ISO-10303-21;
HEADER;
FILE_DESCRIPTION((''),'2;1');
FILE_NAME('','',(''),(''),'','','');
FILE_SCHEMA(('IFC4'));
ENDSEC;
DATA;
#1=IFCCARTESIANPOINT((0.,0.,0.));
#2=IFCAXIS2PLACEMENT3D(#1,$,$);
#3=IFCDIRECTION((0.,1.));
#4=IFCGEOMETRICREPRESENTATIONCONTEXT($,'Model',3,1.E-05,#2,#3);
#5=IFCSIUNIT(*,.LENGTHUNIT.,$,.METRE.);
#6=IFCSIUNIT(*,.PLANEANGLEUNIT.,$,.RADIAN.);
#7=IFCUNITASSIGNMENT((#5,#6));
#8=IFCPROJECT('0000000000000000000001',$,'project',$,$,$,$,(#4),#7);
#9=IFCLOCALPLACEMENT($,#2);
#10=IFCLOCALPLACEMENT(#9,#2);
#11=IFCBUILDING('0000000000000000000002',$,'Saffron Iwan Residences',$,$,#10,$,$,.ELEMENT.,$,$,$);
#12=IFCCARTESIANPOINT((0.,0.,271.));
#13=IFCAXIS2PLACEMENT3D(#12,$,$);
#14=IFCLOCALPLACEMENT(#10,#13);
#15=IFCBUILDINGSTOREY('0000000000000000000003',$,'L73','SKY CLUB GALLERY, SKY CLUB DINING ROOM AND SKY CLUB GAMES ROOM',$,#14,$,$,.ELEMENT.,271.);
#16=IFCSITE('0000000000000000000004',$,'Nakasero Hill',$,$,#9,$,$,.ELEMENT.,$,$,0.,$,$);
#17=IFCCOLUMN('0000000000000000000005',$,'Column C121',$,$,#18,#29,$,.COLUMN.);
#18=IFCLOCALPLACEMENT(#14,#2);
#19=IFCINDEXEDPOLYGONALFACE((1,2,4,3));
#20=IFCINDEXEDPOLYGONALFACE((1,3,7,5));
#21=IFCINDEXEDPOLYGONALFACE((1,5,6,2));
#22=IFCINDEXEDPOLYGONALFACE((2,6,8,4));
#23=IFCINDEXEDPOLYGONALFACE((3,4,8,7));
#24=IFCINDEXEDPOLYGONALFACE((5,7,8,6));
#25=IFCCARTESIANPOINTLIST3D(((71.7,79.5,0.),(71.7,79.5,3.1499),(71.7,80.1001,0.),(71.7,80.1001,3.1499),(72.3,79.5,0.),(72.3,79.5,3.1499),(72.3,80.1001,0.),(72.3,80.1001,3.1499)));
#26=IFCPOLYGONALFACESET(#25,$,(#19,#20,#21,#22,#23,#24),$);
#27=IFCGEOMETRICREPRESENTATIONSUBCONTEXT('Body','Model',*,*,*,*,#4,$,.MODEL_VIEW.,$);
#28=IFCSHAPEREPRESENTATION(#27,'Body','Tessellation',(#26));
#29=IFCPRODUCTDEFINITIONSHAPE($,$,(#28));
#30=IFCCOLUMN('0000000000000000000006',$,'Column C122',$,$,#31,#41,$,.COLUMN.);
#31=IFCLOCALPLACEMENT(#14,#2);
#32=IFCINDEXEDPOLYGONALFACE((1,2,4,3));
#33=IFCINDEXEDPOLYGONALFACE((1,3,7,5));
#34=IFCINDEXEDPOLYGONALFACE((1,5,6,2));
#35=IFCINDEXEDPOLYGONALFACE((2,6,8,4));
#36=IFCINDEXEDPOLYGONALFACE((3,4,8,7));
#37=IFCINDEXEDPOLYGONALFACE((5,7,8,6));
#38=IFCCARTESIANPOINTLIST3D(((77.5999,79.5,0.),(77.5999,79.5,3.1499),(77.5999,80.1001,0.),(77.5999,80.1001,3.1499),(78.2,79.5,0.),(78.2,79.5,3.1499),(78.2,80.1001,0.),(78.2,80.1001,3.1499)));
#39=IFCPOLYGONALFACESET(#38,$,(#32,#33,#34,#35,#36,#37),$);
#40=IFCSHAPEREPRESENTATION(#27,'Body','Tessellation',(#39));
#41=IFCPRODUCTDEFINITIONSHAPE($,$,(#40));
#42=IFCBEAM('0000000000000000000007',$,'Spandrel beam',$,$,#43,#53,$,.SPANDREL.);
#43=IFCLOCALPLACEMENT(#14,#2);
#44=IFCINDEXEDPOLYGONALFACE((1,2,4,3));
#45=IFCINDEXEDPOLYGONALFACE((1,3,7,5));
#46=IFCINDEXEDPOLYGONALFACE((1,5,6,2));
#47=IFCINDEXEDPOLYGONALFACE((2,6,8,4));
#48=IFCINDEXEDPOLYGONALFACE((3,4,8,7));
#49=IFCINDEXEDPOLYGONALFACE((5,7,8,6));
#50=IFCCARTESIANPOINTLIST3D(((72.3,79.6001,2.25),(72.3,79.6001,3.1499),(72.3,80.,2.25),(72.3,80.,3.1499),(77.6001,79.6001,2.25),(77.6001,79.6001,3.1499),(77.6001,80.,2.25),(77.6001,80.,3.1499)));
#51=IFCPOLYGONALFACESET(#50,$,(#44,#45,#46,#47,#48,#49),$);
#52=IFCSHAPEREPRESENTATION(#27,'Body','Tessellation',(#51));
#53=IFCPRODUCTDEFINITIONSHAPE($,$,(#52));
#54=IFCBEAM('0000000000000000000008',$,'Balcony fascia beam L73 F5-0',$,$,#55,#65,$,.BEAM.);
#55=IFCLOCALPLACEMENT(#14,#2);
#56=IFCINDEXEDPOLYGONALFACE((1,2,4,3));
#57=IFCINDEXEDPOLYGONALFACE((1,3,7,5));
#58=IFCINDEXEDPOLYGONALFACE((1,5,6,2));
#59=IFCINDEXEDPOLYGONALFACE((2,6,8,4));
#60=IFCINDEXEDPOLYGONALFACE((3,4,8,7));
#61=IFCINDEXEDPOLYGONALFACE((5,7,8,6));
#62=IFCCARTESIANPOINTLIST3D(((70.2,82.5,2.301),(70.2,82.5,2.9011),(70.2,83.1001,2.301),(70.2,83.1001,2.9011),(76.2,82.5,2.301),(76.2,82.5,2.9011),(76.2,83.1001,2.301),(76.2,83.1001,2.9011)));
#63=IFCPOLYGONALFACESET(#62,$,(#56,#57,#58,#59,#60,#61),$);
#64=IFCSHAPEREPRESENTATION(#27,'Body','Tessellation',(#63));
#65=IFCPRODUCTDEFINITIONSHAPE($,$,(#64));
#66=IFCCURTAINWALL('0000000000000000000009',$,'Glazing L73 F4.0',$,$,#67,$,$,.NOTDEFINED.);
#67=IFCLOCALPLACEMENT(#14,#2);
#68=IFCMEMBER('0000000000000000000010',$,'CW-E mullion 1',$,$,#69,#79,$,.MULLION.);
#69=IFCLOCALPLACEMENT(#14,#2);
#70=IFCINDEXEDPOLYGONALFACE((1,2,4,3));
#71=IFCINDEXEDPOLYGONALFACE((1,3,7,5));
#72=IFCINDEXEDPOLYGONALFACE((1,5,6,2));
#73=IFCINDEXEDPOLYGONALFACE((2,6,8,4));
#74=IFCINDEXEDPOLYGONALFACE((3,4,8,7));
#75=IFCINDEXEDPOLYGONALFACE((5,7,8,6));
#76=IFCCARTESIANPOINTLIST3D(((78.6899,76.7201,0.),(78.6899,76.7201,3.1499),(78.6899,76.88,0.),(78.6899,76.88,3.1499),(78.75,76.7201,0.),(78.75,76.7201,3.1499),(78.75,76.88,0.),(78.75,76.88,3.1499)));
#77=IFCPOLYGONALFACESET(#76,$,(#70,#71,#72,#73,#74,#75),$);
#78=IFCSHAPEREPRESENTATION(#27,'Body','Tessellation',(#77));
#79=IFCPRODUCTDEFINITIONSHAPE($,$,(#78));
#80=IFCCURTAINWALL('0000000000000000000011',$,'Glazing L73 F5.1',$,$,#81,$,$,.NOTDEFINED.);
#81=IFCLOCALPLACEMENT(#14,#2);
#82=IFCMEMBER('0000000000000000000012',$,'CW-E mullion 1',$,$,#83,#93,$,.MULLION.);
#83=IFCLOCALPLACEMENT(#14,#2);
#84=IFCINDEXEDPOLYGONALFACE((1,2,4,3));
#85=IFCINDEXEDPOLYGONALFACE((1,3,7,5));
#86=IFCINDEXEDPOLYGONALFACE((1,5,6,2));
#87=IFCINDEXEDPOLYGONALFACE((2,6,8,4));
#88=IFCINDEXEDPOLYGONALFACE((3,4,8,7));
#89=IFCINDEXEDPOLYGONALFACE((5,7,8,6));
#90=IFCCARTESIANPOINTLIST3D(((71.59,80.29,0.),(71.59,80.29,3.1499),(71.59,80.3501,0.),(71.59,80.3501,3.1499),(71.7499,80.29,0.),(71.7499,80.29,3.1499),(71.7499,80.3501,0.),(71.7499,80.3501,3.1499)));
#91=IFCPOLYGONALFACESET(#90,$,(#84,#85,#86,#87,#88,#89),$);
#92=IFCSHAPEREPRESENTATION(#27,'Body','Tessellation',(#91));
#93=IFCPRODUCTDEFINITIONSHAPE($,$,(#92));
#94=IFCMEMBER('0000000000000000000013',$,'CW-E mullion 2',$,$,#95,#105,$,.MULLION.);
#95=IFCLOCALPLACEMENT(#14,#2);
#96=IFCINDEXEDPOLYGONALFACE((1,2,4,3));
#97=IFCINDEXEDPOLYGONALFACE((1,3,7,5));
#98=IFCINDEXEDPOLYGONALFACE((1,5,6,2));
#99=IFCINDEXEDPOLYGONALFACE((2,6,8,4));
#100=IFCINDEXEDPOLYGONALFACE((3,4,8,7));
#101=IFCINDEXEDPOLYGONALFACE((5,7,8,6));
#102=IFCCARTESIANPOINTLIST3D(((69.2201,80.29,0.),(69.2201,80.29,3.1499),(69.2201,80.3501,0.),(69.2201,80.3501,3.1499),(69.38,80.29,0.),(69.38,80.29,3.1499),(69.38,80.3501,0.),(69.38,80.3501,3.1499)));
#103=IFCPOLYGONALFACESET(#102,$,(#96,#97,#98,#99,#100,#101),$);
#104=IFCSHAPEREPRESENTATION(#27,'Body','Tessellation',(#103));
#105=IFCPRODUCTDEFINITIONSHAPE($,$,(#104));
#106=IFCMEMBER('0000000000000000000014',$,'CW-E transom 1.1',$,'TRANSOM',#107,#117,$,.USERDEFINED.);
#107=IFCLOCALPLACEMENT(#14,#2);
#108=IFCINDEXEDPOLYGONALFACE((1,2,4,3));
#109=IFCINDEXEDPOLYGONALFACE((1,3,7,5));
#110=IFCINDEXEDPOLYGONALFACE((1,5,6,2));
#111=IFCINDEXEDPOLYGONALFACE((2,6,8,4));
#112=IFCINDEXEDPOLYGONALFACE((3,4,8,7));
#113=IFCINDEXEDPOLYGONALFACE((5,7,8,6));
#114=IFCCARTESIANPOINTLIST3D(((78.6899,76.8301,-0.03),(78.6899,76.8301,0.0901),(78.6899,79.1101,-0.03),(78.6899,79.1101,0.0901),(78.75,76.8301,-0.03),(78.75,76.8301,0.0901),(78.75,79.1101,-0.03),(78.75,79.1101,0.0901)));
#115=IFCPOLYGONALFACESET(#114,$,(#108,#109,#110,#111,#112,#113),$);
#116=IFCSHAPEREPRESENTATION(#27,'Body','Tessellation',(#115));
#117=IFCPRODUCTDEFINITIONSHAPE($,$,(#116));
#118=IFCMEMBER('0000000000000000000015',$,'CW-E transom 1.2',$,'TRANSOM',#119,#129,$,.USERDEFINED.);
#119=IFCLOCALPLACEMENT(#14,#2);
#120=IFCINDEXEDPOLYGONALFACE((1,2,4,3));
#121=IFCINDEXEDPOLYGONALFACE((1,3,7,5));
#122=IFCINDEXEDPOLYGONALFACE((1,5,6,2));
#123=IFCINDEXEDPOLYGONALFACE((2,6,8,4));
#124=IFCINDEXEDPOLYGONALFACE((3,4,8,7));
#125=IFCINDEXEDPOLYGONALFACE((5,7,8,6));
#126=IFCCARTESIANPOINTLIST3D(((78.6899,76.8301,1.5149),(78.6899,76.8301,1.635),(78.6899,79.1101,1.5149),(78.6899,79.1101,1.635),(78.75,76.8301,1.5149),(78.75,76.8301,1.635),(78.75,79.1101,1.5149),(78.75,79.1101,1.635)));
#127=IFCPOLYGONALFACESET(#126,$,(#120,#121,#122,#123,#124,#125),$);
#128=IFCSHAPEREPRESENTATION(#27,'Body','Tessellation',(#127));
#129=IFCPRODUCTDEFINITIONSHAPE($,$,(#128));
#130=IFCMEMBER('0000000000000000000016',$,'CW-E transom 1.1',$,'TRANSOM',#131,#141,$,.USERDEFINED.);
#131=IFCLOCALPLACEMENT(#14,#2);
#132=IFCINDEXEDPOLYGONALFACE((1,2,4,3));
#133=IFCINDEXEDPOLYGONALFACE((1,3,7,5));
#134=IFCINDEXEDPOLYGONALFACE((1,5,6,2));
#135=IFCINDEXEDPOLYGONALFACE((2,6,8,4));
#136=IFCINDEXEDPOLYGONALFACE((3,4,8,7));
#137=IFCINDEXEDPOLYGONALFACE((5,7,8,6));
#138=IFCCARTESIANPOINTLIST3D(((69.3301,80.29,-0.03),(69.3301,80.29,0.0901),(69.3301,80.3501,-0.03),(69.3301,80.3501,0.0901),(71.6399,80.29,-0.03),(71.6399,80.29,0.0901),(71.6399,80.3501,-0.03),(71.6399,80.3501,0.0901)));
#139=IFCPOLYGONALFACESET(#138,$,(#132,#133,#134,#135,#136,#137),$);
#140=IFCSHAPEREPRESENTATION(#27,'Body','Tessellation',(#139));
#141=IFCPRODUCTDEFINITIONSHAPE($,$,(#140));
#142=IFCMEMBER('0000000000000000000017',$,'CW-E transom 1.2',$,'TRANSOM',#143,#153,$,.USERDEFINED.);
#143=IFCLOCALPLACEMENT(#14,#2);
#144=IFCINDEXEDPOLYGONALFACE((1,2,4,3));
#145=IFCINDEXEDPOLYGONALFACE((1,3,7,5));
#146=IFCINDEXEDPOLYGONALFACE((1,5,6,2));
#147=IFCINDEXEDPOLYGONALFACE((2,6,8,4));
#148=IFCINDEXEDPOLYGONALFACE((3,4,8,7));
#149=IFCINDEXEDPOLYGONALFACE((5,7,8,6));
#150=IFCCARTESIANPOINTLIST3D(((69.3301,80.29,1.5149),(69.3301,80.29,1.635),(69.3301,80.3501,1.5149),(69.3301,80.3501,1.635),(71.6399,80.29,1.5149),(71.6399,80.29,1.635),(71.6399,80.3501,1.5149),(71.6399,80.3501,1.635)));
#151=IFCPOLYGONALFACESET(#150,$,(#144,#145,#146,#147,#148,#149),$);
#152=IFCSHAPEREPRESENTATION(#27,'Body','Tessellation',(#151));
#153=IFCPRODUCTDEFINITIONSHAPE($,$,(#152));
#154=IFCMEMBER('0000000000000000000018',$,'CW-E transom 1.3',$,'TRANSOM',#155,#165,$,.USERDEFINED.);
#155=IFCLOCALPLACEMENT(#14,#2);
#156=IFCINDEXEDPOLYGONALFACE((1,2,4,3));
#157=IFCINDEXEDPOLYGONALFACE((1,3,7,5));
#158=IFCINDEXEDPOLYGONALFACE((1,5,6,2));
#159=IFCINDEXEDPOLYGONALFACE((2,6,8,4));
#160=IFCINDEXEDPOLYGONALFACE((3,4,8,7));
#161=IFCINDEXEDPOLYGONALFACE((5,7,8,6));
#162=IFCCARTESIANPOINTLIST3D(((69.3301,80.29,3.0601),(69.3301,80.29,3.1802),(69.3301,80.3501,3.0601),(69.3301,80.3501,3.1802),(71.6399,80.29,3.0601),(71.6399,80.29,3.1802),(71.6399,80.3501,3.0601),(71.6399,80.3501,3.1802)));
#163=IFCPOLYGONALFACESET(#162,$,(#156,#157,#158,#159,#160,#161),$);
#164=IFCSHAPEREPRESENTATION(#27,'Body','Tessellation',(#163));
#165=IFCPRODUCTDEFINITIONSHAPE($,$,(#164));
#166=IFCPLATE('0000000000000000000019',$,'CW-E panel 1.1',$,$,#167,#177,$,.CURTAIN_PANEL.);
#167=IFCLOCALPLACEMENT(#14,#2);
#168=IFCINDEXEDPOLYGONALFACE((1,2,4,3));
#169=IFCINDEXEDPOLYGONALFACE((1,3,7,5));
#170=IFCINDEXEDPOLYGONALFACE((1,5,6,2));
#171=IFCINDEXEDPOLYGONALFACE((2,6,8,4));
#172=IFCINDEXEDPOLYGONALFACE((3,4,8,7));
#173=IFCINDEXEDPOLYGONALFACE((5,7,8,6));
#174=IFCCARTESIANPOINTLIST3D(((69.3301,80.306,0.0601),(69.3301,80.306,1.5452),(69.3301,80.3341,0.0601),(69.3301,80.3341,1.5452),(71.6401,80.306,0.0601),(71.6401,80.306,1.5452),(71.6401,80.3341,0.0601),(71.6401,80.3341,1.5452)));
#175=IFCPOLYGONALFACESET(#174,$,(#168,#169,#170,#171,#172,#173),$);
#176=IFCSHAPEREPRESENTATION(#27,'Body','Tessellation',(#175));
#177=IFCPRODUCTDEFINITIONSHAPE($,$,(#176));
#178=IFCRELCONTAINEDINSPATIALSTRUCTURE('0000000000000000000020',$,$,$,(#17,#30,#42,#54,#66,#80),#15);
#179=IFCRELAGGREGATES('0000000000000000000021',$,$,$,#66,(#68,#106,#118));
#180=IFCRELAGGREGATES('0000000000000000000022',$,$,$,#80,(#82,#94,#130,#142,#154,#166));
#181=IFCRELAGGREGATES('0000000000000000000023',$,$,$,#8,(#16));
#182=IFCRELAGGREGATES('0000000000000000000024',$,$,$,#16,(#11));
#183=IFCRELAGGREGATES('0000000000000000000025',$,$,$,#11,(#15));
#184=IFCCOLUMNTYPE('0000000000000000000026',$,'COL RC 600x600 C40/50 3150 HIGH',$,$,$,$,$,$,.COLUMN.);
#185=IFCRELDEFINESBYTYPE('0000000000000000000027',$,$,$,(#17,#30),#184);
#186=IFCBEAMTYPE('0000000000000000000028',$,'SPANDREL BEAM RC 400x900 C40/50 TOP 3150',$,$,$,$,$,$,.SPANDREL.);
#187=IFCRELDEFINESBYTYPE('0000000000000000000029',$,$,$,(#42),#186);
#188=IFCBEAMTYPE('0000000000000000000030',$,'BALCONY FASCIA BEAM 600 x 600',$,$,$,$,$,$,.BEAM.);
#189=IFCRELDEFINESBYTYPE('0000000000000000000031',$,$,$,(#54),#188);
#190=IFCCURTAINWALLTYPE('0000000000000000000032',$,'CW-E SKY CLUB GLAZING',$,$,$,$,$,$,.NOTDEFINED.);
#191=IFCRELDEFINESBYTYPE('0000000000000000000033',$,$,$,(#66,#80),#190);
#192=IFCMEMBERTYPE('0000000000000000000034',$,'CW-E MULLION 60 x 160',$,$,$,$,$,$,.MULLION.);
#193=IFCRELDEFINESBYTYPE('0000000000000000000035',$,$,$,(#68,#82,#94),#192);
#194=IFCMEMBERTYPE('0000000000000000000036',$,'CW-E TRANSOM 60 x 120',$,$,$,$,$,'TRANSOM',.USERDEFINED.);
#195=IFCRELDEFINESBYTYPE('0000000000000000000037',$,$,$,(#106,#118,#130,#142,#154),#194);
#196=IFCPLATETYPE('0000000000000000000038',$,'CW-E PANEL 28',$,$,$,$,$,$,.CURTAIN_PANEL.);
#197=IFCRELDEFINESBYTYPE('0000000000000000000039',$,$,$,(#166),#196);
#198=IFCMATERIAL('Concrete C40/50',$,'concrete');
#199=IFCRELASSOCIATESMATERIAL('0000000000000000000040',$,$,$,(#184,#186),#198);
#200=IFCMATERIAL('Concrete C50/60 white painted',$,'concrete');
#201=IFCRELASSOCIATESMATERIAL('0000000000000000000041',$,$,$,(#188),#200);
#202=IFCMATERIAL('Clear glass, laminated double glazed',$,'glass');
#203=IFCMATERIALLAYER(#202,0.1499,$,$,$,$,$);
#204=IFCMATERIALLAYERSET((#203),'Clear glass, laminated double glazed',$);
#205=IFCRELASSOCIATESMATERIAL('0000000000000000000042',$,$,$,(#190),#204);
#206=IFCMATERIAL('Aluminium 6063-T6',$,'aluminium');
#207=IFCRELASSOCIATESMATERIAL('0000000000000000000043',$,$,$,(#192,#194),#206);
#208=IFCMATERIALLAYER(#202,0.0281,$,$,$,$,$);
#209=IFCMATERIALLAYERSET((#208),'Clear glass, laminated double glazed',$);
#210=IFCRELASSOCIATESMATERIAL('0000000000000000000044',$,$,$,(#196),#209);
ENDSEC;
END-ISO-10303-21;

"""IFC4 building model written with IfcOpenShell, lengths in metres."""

from ifc_helpers import new_model, si_unit, direction, frame, origin, origin_2d, place, context, subcontext, project, spatial, rectangle, extrude, source, transform, mapped, material, layer, layer_set, material_profile, profile_set, type_object, element, aggregate, save


model = new_model("IFC4")

# Units and contexts
model_context = context("Model", 3, precision=1e-05, world=origin(), true_north=direction((0.0, 1.0)))
body_context = subcontext(model_context, "Body", "Model", "MODEL_VIEW")
ifc_project = project(units=[si_unit("LENGTHUNIT", "METRE"), si_unit("PLANEANGLEUNIT", "RADIAN")], contexts=[model_context])

# Site, building, storey
site_placement = place(None, origin())
site = spatial("IfcSite", under=ifc_project, at=site_placement, Name="Nakasero Hill", CompositionType="ELEMENT", RefElevation=0.0)
building_placement = place(site_placement, origin())
building = spatial("IfcBuilding", under=site, at=building_placement, Name="Saffron Iwan Residences", CompositionType="ELEMENT")
storey_placement = place(building_placement, frame((0.0, 0.0, 271.0)))
storey = spatial("IfcBuildingStorey", under=building, at=storey_placement, Name="L73", Description="SKY CLUB GALLERY, SKY CLUB DINING ROOM AND SKY CLUB GAMES ROOM", CompositionType="ELEMENT", Elevation=271.0)

# Columns
ifc_material_1 = material(Name="Concrete C40/50", Category="concrete")
ifc_material_profile_1 = material_profile(ifc_material_1, rectangle(XDim=0.6001, YDim=0.6001, at=origin_2d()), Name="RC 600x600")
ifc_profile_set_1 = profile_set([ifc_material_profile_1], Name="Concrete C40/50")
column_type = type_object("IfcColumnType", Name="COL RC 600x600 C40/50 3150 HIGH", PredefinedType="COLUMN", material=ifc_profile_set_1)
shared_shape_1 = source(origin(), body_context, "Body", "SweptSolid", [
    extrude(rectangle(XDim=0.6001, YDim=0.6001, at=origin_2d()), origin(), (0.0, 0.0, 1.0), 3.1499),
])
for number, where, z_axis, x_axis, name in (
    (1, (72.0, 79.8, 0.0), (0.0, 0.0, 1.0), (1.0, 0.0, 0.0), "Column C121"),
    (2, (77.8999, 79.8, 0.0), (0.0, 0.0, 1.0), (1.0, 0.0, 0.0), "Column C122"),
):
    element("IfcColumn", number, at=place(storey_placement, frame(where, z_axis=z_axis, x_axis=x_axis)), inside=storey, type_object=column_type, Name=name, PredefinedType="COLUMN", context=body_context, shape_type="MappedRepresentation", body=[
        mapped(shared_shape_1, transform((0.0, 0.0, 0.0))),
    ])

# Beams
ifc_material_profile_2 = material_profile(ifc_material_1, rectangle(XDim=0.3999, YDim=0.8999, at=origin_2d()), Name="RC 400x900")
ifc_profile_set_2 = profile_set([ifc_material_profile_2], Name="Concrete C40/50")
beam_type_1 = type_object("IfcBeamType", Name="SPANDREL BEAM RC 400x900 C40/50 TOP 3150", PredefinedType="SPANDREL", material=ifc_profile_set_2)
shared_shape_2 = source(origin(), body_context, "Body", "SweptSolid", [
    extrude(rectangle(XDim=0.3999, YDim=0.8999, at=origin_2d()), origin(), (0.0, 0.0, 1.0), 5.3),
])
beam_1_placement = place(storey_placement, frame((72.3, 79.8, 2.7), z_axis=(1.0, 0.0, 0.0), x_axis=(0.0, 1.0, 0.0)))
element("IfcBeam", 3, at=beam_1_placement, inside=storey, type_object=beam_type_1, Name="Spandrel beam", PredefinedType="SPANDREL", context=body_context, shape_type="MappedRepresentation", body=[
    mapped(shared_shape_2, transform((0.0, 0.0, 0.0))),
])
ifc_material_2 = material(Name="Concrete C50/60 white painted", Category="concrete")
ifc_material_profile_3 = material_profile(ifc_material_2, rectangle(XDim=0.6001, YDim=0.6001, at=origin_2d()), Name="BALCONY FASCIA BEAM 600 x 600")
ifc_profile_set_3 = profile_set([ifc_material_profile_3], Name="Concrete C50/60 white painted")
beam_type_2 = type_object("IfcBeamType", Name="BALCONY FASCIA BEAM 600 x 600", PredefinedType="BEAM", material=ifc_profile_set_3)
shared_shape_3 = source(origin(), body_context, "Body", "SweptSolid", [
    extrude(rectangle(XDim=0.6001, YDim=0.6001, at=origin_2d()), origin(), (0.0, 0.0, 1.0), 6.0),
])
beam_2_placement = place(storey_placement, frame((76.2, 82.8, 2.6011), z_axis=(-1.0, 0.0, 0.0), x_axis=(0.0, -1.0, 0.0)))
element("IfcBeam", 4, at=beam_2_placement, inside=storey, type_object=beam_type_2, Name="Balcony fascia beam L73 F5-0", PredefinedType="BEAM", context=body_context, shape_type="MappedRepresentation", body=[
    mapped(shared_shape_3, transform((0.0, 0.0, 0.0))),
])

# Curtain wall, member
ifc_material_3 = material(Name="Clear glass, laminated double glazed", Category="glass")
ifc_layer_1 = layer(ifc_material_3, 0.1499)
ifc_layer_set_1 = layer_set([ifc_layer_1], Name="Clear glass, laminated double glazed")
curtain_wall_type = type_object("IfcCurtainWallType", Name="CW-E SKY CLUB GLAZING", PredefinedType="NOTDEFINED", material=ifc_layer_set_1)
curtain_wall_1_placement = place(storey_placement, origin())
curtain_wall_1 = element("IfcCurtainWall", 5, at=curtain_wall_1_placement, inside=storey, type_object=curtain_wall_type, Name="Glazing L73 F4.0", PredefinedType="NOTDEFINED")
ifc_material_4 = material(Name="Aluminium 6063-T6", Category="aluminium")
ifc_material_profile_4 = material_profile(ifc_material_4, rectangle(XDim=0.0601, YDim=0.1599, at=origin_2d()), Name="CW-E MULLION 60 x 160")
ifc_profile_set_4 = profile_set([ifc_material_profile_4], Name="Aluminium 6063-T6")
member_type_1 = type_object("IfcMemberType", Name="CW-E MULLION 60 x 160", PredefinedType="MULLION", material=ifc_profile_set_4)
shared_shape_4 = source(origin(), body_context, "Body", "SweptSolid", [
    extrude(rectangle(XDim=0.0601, YDim=0.1599, at=origin_2d()), origin(), (0.0, 0.0, 1.0), 3.1499),
])
member_1_placement = place(storey_placement, frame((78.72, 76.8, 0.0), z_axis=(0.0, 0.0, 1.0), x_axis=(-1.0, 0.0, 0.0)))
member_1 = element("IfcMember", 6, at=member_1_placement, type_object=member_type_1, Name="CW-E mullion 1", PredefinedType="MULLION", context=body_context, shape_type="MappedRepresentation", body=[
    mapped(shared_shape_4, transform((0.0, 0.0, 0.0))),
])

# Curtain wall, members
curtain_wall_2_placement = place(storey_placement, origin())
curtain_wall_2 = element("IfcCurtainWall", 7, at=curtain_wall_2_placement, inside=storey, type_object=curtain_wall_type, Name="Glazing L73 F5.1", PredefinedType="NOTDEFINED")
member_2_placement = place(storey_placement, frame((71.6699, 80.3201, 0.0), z_axis=(0.0, 0.0, 1.0), x_axis=(0.0, -1.0, 0.0)))
member_2 = element("IfcMember", 8, at=member_2_placement, type_object=member_type_1, Name="CW-E mullion 1", PredefinedType="MULLION", context=body_context, shape_type="MappedRepresentation", body=[
    mapped(shared_shape_4, transform((0.0, 0.0, 0.0))),
])
member_3_placement = place(storey_placement, frame((69.3, 80.3201, 0.0), z_axis=(0.0, 0.0, 1.0), x_axis=(0.0, -1.0, 0.0)))
member_3 = element("IfcMember", 9, at=member_3_placement, type_object=member_type_1, Name="CW-E mullion 2", PredefinedType="MULLION", context=body_context, shape_type="MappedRepresentation", body=[
    mapped(shared_shape_4, transform((0.0, 0.0, 0.0))),
])

# Members
ifc_material_profile_5 = material_profile(ifc_material_4, rectangle(XDim=0.0601, YDim=0.1201, at=origin_2d()), Name="CW-E TRANSOM 60 x 120")
ifc_profile_set_5 = profile_set([ifc_material_profile_5], Name="Aluminium 6063-T6")
member_type_2 = type_object("IfcMemberType", Name="CW-E TRANSOM 60 x 120", ElementType="TRANSOM", PredefinedType="USERDEFINED", material=ifc_profile_set_5)
shared_shape_5 = source(origin(), body_context, "Body", "SweptSolid", [
    extrude(rectangle(XDim=0.0601, YDim=0.1201, at=origin_2d()), origin(), (0.0, 0.0, 1.0), 2.28),
])
member_4_placement = place(storey_placement, frame((78.72, 76.8301, 0.03), z_axis=(0.0, 1.0, 0.0), x_axis=(-1.0, 0.0, 0.0)))
member_4 = element("IfcMember", 10, at=member_4_placement, type_object=member_type_2, Name="CW-E transom 1.1", ObjectType="TRANSOM", PredefinedType="USERDEFINED", context=body_context, shape_type="MappedRepresentation", body=[
    mapped(shared_shape_5, transform((0.0, 0.0, 0.0))),
])
member_5_placement = place(storey_placement, frame((78.72, 76.8301, 1.575), z_axis=(0.0, 1.0, 0.0), x_axis=(-1.0, 0.0, 0.0)))
member_5 = element("IfcMember", 11, at=member_5_placement, type_object=member_type_2, Name="CW-E transom 1.2", ObjectType="TRANSOM", PredefinedType="USERDEFINED", context=body_context, shape_type="MappedRepresentation", body=[
    mapped(shared_shape_5, transform((0.0, 0.0, 0.0))),
])
aggregate(curtain_wall_1, [member_1, member_4, member_5])
shared_shape_6 = source(origin(), body_context, "Body", "SweptSolid", [
    extrude(rectangle(XDim=0.0601, YDim=0.1201, at=origin_2d()), origin(), (0.0, 0.0, 1.0), 2.3098),
])
member_6_placement = place(storey_placement, frame((71.6399, 80.3201, 0.03), z_axis=(-1.0, 0.0, 0.0), x_axis=(0.0, -1.0, 0.0)))
member_6 = element("IfcMember", 12, at=member_6_placement, type_object=member_type_2, Name="CW-E transom 1.1", ObjectType="TRANSOM", PredefinedType="USERDEFINED", context=body_context, shape_type="MappedRepresentation", body=[
    mapped(shared_shape_6, transform((0.0, 0.0, 0.0))),
])
member_7_placement = place(storey_placement, frame((71.6399, 80.3201, 1.575), z_axis=(-1.0, 0.0, 0.0), x_axis=(0.0, -1.0, 0.0)))
member_7 = element("IfcMember", 13, at=member_7_placement, type_object=member_type_2, Name="CW-E transom 1.2", ObjectType="TRANSOM", PredefinedType="USERDEFINED", context=body_context, shape_type="MappedRepresentation", body=[
    mapped(shared_shape_6, transform((0.0, 0.0, 0.0))),
])
member_8_placement = place(storey_placement, frame((71.6399, 80.3201, 3.1201), z_axis=(-1.0, 0.0, 0.0), x_axis=(0.0, -1.0, 0.0)))
member_8 = element("IfcMember", 14, at=member_8_placement, type_object=member_type_2, Name="CW-E transom 1.3", ObjectType="TRANSOM", PredefinedType="USERDEFINED", context=body_context, shape_type="MappedRepresentation", body=[
    mapped(shared_shape_6, transform((0.0, 0.0, 0.0))),
])

# Plate
ifc_layer_2 = layer(ifc_material_3, 0.0281)
ifc_layer_set_2 = layer_set([ifc_layer_2], Name="Clear glass, laminated double glazed")
plate_type = type_object("IfcPlateType", Name="CW-E PANEL 28", PredefinedType="CURTAIN_PANEL", material=ifc_layer_set_2)
shared_shape_7 = source(origin(), body_context, "Body", "SweptSolid", [
    extrude(rectangle(XDim=2.3101, YDim=0.0281, at=origin_2d()), origin(), (0.0, 0.0, 1.0), 1.4851),
])
plate_1_placement = place(storey_placement, frame((70.4851, 80.3201, 0.0601), z_axis=(0.0, 0.0, 1.0), x_axis=(-1.0, 0.0, 0.0)))
plate_1 = element("IfcPlate", 15, at=plate_1_placement, type_object=plate_type, Name="CW-E panel 1.1", PredefinedType="CURTAIN_PANEL", context=body_context, shape_type="MappedRepresentation", body=[
    mapped(shared_shape_7, transform((0.0, 0.0, 0.0))),
])
aggregate(curtain_wall_2, [member_2, member_3, member_6, member_7, member_8, plate_1])

save(model, "model.ifc")
